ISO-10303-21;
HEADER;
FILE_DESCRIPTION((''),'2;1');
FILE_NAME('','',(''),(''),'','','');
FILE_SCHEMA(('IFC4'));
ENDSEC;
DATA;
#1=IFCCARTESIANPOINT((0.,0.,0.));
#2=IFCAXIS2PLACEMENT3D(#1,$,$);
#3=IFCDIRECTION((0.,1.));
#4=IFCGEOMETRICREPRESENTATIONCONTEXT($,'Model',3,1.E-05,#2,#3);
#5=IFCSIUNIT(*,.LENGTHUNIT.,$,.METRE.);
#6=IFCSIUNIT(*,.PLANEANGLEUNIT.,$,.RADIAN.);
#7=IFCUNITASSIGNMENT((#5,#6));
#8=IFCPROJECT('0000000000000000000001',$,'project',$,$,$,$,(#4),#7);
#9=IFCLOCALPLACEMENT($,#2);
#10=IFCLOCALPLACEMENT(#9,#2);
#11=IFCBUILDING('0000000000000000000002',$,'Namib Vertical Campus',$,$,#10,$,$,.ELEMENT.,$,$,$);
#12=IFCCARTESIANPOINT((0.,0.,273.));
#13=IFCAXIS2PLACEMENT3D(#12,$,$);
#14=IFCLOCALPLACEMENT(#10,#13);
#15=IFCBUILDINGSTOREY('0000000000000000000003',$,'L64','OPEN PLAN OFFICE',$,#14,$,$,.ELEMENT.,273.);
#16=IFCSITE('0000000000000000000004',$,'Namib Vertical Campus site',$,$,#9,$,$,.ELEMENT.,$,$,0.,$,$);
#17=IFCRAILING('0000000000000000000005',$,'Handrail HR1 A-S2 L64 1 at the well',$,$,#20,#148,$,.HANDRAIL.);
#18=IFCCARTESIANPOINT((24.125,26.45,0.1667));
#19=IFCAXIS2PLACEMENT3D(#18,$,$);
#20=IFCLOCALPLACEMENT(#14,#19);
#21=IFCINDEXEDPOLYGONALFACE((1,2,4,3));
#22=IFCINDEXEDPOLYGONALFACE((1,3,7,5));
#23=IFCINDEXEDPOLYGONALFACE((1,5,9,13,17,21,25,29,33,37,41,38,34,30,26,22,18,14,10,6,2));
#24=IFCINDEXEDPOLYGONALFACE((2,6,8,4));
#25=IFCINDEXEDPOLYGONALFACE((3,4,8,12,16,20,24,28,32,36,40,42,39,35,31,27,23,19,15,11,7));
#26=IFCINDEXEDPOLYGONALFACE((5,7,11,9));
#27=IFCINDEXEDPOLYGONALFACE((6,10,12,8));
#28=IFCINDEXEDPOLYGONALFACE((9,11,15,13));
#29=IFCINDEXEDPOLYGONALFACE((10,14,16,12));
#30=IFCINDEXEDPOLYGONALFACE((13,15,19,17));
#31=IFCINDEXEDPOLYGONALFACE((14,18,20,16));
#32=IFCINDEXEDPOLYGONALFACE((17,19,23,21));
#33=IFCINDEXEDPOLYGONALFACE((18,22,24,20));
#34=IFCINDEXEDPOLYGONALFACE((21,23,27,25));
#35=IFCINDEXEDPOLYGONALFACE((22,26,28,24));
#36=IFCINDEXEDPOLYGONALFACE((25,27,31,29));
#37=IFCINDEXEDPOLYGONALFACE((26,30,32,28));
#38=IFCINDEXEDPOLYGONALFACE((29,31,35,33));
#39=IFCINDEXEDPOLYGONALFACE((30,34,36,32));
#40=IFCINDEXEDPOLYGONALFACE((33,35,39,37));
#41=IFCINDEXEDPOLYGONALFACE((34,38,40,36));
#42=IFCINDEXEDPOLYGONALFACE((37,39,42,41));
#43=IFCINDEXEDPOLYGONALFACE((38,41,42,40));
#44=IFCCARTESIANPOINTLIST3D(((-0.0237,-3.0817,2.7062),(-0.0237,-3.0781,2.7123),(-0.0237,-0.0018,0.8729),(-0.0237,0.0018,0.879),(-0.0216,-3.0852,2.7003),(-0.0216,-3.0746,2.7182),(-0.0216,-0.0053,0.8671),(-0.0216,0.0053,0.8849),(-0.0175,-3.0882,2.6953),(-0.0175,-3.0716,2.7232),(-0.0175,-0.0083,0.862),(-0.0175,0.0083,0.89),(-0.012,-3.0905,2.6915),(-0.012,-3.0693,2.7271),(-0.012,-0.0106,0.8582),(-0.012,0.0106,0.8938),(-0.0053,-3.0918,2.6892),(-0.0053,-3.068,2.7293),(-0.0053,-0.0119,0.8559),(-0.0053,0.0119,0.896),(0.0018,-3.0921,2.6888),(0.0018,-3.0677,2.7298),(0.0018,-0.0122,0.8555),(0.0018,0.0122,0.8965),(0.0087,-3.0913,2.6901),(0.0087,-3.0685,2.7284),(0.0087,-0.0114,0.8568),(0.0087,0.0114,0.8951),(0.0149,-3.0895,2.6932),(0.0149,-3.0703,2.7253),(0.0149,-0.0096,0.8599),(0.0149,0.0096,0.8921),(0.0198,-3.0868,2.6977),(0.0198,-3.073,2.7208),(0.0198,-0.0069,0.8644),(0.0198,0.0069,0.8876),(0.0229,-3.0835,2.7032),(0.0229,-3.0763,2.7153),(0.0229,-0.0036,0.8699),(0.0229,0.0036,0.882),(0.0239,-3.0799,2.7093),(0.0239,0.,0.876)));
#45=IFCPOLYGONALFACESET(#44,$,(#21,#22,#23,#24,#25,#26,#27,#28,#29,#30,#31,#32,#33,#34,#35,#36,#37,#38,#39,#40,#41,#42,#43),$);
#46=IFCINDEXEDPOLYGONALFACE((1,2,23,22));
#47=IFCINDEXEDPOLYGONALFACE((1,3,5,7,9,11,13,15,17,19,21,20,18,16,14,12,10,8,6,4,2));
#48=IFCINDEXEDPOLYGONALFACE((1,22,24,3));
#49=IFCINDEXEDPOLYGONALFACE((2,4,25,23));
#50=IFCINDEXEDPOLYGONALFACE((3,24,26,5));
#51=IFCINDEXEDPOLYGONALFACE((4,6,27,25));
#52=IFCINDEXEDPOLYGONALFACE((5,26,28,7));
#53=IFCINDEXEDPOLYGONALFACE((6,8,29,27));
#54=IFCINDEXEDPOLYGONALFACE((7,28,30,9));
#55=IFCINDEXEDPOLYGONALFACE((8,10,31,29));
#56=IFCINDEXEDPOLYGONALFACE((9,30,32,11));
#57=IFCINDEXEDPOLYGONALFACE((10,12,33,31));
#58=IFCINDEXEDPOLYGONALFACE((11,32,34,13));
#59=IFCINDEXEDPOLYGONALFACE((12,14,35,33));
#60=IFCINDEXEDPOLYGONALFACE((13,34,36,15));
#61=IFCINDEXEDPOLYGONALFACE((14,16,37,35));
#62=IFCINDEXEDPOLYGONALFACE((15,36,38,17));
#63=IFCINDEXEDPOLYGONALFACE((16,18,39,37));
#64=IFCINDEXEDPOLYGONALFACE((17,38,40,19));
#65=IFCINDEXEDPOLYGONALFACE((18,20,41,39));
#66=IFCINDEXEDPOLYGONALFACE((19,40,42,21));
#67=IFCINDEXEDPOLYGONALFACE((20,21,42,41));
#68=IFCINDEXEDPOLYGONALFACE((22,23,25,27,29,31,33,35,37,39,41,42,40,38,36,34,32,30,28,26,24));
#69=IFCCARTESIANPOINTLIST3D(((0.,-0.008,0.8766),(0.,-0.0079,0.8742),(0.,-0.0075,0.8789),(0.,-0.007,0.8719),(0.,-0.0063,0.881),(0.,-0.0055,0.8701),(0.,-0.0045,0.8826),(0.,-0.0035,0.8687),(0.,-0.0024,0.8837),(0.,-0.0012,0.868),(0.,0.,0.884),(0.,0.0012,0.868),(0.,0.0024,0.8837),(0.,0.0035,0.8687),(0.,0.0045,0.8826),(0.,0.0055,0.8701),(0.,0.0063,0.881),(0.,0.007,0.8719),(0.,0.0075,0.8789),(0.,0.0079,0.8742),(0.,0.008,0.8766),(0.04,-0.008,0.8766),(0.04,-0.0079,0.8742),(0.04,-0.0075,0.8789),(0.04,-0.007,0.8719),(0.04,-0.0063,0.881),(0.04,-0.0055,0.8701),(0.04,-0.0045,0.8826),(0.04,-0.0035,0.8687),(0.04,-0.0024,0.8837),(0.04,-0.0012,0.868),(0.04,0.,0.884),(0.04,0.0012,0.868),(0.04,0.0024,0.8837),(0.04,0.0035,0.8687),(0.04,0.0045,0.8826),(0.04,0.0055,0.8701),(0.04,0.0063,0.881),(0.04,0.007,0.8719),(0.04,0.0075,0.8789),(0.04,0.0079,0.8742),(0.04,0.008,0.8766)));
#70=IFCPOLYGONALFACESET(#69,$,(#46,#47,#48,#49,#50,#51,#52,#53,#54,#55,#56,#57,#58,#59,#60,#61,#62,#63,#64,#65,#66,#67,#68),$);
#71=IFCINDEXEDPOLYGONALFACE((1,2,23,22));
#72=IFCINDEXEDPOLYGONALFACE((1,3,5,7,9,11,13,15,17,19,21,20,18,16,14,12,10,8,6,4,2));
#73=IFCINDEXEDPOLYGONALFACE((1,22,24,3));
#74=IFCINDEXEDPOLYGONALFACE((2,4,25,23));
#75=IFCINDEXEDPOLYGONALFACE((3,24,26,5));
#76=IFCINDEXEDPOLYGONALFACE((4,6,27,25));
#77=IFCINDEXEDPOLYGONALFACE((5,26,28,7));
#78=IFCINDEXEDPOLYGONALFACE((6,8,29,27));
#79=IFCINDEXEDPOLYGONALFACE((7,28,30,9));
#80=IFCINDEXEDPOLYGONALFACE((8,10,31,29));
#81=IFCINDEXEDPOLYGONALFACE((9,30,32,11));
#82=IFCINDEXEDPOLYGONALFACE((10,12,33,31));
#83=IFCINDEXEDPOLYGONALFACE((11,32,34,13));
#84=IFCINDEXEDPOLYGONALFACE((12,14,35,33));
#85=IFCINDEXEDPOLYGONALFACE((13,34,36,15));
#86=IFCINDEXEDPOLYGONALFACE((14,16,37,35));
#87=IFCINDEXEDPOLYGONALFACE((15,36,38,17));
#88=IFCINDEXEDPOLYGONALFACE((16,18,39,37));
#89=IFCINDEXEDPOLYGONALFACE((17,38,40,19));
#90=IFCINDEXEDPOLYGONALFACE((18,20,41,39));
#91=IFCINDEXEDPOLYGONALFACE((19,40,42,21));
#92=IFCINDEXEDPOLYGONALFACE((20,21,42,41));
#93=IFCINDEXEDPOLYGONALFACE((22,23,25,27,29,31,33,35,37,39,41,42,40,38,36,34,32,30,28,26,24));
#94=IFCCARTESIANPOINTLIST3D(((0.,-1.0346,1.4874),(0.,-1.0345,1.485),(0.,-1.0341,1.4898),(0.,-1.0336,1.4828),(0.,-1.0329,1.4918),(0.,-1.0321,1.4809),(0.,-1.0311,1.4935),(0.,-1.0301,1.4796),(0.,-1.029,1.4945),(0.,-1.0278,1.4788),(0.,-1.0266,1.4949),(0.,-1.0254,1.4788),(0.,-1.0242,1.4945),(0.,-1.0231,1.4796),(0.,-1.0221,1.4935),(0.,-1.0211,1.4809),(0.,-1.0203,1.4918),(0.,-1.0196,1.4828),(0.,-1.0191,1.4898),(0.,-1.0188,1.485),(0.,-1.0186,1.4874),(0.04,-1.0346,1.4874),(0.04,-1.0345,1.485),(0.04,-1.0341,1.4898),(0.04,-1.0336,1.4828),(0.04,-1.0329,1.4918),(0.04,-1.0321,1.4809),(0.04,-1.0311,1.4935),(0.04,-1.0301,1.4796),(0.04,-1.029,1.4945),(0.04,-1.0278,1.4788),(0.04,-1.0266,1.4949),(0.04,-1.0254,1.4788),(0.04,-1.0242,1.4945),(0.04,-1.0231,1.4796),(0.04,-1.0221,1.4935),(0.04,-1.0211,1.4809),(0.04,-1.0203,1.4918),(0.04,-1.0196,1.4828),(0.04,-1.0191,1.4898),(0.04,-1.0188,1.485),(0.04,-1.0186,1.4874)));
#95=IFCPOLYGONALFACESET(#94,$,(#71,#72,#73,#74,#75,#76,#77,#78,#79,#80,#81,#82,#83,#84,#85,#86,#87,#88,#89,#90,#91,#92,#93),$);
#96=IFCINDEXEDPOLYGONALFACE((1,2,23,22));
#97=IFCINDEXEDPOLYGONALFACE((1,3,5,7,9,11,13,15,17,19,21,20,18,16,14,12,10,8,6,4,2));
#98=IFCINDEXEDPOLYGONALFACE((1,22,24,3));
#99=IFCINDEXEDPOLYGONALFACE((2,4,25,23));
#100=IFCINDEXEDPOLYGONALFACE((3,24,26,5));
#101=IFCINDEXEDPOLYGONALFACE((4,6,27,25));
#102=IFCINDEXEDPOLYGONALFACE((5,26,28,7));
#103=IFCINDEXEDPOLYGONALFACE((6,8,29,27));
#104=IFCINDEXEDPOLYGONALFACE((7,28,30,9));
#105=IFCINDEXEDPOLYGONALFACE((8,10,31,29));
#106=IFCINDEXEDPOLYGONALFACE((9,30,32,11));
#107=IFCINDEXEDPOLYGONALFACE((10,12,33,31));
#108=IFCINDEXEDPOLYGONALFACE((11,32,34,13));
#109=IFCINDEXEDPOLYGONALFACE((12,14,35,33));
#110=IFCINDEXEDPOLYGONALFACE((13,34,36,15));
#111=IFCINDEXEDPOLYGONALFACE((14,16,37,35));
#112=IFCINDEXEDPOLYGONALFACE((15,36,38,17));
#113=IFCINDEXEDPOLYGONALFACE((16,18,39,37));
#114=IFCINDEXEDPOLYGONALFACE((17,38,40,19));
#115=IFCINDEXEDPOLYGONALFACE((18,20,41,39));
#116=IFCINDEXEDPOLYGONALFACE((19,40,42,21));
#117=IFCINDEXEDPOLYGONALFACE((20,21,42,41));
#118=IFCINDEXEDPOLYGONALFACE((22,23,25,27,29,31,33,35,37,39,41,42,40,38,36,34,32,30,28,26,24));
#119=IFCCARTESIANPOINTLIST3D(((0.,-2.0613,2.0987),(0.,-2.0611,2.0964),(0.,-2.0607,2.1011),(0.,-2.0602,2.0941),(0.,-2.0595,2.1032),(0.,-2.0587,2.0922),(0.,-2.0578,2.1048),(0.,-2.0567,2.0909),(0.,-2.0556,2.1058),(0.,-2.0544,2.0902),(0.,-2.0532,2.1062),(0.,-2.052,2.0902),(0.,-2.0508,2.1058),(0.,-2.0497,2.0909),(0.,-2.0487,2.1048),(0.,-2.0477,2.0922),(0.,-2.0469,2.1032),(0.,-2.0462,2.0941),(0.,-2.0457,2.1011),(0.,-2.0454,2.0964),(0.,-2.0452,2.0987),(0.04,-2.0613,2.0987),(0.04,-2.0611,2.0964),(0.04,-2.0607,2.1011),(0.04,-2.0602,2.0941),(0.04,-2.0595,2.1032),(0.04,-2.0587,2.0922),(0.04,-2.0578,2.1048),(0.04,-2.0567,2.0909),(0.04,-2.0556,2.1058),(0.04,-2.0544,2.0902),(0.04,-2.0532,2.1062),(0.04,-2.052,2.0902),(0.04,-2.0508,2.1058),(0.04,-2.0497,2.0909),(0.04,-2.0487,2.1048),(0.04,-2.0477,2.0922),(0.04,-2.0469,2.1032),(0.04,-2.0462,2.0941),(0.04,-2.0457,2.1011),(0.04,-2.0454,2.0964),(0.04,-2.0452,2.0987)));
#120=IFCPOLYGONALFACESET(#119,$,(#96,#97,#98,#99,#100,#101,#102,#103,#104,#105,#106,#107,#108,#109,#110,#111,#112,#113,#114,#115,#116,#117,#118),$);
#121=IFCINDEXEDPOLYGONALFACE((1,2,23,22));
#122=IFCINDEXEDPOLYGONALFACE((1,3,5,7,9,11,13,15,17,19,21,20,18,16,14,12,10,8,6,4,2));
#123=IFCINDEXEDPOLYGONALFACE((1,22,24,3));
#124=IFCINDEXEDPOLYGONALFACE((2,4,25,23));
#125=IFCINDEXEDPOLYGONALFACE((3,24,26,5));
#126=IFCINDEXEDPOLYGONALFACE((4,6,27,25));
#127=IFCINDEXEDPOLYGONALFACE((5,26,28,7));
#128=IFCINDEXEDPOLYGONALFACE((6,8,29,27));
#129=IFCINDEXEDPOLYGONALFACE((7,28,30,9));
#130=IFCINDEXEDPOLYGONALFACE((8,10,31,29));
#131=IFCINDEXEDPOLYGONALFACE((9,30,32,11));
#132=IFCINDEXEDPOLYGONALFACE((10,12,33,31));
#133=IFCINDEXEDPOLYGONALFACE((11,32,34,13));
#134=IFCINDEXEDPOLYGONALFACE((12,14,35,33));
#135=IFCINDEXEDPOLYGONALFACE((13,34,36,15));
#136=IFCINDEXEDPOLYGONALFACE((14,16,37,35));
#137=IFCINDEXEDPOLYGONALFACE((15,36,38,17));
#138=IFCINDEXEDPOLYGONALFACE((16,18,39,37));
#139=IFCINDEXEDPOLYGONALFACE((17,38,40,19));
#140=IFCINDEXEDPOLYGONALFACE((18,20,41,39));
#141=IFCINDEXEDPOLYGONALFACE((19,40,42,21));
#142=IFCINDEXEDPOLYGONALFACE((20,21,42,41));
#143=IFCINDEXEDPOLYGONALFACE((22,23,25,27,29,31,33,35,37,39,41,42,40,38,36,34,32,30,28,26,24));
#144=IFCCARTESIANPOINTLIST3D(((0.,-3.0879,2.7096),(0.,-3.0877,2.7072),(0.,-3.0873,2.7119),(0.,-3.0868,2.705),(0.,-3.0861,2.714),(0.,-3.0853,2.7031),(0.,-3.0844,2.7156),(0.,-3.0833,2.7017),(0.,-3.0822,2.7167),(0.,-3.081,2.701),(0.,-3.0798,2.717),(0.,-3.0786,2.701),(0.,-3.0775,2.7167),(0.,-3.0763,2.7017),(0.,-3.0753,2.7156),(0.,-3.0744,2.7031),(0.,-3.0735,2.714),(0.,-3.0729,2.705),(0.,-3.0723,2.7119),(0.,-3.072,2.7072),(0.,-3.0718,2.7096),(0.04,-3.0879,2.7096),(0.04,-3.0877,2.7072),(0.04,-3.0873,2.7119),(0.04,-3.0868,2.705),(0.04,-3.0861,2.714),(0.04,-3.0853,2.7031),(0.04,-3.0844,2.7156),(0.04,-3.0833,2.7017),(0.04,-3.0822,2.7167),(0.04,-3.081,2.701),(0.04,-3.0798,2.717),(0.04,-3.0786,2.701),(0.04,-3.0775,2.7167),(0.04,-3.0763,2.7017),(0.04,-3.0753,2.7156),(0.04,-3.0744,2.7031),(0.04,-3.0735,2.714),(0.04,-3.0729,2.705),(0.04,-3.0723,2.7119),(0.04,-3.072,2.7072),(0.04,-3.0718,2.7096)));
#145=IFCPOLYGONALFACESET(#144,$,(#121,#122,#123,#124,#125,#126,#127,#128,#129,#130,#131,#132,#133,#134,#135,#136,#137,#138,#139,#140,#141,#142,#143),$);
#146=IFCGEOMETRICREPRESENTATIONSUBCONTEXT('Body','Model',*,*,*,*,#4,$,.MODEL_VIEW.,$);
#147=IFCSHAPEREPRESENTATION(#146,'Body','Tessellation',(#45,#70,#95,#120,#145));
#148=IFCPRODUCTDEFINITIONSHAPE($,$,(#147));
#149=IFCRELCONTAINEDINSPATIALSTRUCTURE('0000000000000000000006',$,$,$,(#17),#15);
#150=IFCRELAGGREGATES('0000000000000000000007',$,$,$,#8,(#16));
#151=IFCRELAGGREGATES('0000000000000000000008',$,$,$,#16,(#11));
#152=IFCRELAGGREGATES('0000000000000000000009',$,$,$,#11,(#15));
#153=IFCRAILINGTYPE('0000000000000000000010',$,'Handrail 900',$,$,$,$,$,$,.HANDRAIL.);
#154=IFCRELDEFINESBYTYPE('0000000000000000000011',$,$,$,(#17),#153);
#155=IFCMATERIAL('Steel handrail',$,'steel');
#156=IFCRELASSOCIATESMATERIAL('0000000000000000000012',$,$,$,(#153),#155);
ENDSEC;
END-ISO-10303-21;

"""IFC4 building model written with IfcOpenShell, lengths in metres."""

from ifc_helpers import new_model, si_unit, direction, frame, origin, origin_2d, place, context, subcontext, project, spatial, circle, extrude, material, type_object, element, save


model = new_model("IFC4")

# Units and contexts
model_context = context("Model", 3, precision=1e-05, world=origin(), true_north=direction((0.0, 1.0)))
body_context = subcontext(model_context, "Body", "Model", "MODEL_VIEW")
ifc_project = project(units=[si_unit("LENGTHUNIT", "METRE"), si_unit("PLANEANGLEUNIT", "RADIAN")], contexts=[model_context])

# Site, building, storey
site_placement = place(None, origin())
site = spatial("IfcSite", under=ifc_project, at=site_placement, Name="Namib Vertical Campus site", CompositionType="ELEMENT", RefElevation=0.0)
building_placement = place(site_placement, origin())
building = spatial("IfcBuilding", under=site, at=building_placement, Name="Namib Vertical Campus", CompositionType="ELEMENT")
storey_placement = place(building_placement, frame((0.0, 0.0, 273.0)))
storey = spatial("IfcBuildingStorey", under=building, at=storey_placement, Name="L64", Description="OPEN PLAN OFFICE", CompositionType="ELEMENT", Elevation=273.0)

# Railing
ifc_material_1 = material(Name="Steel handrail", Category="steel")
railing_type_1 = type_object("IfcRailingType", Name="Handrail 900", PredefinedType="HANDRAIL", material=ifc_material_1)
railing_1_placement = place(storey_placement, frame((24.125, 26.45, 0.1667)))
element("IfcRailing", 1, at=railing_1_placement, inside=storey, type_object=railing_type_1, Name="Handrail HR1 A-S2 L64 1 at the well", PredefinedType="HANDRAIL", context=body_context, shape_type="SweptSolid", body=[
    extrude(circle(Radius=0.0239, at=origin_2d()), frame((0.0, 0.0, 0.876), z_axis=(0.0, -0.859291, 0.511487), x_axis=(1.0, 0.0, 0.0)), (0.0, 0.0, 1.0), 3.5842),
    extrude(circle(Radius=0.0081, at=origin_2d()), frame((0.0, 0.0, 0.876), z_axis=(1.0, 0.0, 0.0), x_axis=(0.0, 0.0, 1.0)), (0.0, 0.0, 1.0), 0.04),
    extrude(circle(Radius=0.0081, at=origin_2d()), frame((0.0, -1.0266, 1.4868), z_axis=(1.0, 0.0, 0.0), x_axis=(0.0, 0.0, 1.0)), (0.0, 0.0, 1.0), 0.04),
    extrude(circle(Radius=0.0081, at=origin_2d()), frame((0.0, -2.0532, 2.0981), z_axis=(1.0, 0.0, 0.0), x_axis=(0.0, 0.0, 1.0)), (0.0, 0.0, 1.0), 0.04),
    extrude(circle(Radius=0.0081, at=origin_2d()), frame((0.0, -3.0798, 2.709), z_axis=(1.0, 0.0, 0.0), x_axis=(0.0, 0.0, 1.0)), (0.0, 0.0, 1.0), 0.04),
])

save(model, "model.ifc")
